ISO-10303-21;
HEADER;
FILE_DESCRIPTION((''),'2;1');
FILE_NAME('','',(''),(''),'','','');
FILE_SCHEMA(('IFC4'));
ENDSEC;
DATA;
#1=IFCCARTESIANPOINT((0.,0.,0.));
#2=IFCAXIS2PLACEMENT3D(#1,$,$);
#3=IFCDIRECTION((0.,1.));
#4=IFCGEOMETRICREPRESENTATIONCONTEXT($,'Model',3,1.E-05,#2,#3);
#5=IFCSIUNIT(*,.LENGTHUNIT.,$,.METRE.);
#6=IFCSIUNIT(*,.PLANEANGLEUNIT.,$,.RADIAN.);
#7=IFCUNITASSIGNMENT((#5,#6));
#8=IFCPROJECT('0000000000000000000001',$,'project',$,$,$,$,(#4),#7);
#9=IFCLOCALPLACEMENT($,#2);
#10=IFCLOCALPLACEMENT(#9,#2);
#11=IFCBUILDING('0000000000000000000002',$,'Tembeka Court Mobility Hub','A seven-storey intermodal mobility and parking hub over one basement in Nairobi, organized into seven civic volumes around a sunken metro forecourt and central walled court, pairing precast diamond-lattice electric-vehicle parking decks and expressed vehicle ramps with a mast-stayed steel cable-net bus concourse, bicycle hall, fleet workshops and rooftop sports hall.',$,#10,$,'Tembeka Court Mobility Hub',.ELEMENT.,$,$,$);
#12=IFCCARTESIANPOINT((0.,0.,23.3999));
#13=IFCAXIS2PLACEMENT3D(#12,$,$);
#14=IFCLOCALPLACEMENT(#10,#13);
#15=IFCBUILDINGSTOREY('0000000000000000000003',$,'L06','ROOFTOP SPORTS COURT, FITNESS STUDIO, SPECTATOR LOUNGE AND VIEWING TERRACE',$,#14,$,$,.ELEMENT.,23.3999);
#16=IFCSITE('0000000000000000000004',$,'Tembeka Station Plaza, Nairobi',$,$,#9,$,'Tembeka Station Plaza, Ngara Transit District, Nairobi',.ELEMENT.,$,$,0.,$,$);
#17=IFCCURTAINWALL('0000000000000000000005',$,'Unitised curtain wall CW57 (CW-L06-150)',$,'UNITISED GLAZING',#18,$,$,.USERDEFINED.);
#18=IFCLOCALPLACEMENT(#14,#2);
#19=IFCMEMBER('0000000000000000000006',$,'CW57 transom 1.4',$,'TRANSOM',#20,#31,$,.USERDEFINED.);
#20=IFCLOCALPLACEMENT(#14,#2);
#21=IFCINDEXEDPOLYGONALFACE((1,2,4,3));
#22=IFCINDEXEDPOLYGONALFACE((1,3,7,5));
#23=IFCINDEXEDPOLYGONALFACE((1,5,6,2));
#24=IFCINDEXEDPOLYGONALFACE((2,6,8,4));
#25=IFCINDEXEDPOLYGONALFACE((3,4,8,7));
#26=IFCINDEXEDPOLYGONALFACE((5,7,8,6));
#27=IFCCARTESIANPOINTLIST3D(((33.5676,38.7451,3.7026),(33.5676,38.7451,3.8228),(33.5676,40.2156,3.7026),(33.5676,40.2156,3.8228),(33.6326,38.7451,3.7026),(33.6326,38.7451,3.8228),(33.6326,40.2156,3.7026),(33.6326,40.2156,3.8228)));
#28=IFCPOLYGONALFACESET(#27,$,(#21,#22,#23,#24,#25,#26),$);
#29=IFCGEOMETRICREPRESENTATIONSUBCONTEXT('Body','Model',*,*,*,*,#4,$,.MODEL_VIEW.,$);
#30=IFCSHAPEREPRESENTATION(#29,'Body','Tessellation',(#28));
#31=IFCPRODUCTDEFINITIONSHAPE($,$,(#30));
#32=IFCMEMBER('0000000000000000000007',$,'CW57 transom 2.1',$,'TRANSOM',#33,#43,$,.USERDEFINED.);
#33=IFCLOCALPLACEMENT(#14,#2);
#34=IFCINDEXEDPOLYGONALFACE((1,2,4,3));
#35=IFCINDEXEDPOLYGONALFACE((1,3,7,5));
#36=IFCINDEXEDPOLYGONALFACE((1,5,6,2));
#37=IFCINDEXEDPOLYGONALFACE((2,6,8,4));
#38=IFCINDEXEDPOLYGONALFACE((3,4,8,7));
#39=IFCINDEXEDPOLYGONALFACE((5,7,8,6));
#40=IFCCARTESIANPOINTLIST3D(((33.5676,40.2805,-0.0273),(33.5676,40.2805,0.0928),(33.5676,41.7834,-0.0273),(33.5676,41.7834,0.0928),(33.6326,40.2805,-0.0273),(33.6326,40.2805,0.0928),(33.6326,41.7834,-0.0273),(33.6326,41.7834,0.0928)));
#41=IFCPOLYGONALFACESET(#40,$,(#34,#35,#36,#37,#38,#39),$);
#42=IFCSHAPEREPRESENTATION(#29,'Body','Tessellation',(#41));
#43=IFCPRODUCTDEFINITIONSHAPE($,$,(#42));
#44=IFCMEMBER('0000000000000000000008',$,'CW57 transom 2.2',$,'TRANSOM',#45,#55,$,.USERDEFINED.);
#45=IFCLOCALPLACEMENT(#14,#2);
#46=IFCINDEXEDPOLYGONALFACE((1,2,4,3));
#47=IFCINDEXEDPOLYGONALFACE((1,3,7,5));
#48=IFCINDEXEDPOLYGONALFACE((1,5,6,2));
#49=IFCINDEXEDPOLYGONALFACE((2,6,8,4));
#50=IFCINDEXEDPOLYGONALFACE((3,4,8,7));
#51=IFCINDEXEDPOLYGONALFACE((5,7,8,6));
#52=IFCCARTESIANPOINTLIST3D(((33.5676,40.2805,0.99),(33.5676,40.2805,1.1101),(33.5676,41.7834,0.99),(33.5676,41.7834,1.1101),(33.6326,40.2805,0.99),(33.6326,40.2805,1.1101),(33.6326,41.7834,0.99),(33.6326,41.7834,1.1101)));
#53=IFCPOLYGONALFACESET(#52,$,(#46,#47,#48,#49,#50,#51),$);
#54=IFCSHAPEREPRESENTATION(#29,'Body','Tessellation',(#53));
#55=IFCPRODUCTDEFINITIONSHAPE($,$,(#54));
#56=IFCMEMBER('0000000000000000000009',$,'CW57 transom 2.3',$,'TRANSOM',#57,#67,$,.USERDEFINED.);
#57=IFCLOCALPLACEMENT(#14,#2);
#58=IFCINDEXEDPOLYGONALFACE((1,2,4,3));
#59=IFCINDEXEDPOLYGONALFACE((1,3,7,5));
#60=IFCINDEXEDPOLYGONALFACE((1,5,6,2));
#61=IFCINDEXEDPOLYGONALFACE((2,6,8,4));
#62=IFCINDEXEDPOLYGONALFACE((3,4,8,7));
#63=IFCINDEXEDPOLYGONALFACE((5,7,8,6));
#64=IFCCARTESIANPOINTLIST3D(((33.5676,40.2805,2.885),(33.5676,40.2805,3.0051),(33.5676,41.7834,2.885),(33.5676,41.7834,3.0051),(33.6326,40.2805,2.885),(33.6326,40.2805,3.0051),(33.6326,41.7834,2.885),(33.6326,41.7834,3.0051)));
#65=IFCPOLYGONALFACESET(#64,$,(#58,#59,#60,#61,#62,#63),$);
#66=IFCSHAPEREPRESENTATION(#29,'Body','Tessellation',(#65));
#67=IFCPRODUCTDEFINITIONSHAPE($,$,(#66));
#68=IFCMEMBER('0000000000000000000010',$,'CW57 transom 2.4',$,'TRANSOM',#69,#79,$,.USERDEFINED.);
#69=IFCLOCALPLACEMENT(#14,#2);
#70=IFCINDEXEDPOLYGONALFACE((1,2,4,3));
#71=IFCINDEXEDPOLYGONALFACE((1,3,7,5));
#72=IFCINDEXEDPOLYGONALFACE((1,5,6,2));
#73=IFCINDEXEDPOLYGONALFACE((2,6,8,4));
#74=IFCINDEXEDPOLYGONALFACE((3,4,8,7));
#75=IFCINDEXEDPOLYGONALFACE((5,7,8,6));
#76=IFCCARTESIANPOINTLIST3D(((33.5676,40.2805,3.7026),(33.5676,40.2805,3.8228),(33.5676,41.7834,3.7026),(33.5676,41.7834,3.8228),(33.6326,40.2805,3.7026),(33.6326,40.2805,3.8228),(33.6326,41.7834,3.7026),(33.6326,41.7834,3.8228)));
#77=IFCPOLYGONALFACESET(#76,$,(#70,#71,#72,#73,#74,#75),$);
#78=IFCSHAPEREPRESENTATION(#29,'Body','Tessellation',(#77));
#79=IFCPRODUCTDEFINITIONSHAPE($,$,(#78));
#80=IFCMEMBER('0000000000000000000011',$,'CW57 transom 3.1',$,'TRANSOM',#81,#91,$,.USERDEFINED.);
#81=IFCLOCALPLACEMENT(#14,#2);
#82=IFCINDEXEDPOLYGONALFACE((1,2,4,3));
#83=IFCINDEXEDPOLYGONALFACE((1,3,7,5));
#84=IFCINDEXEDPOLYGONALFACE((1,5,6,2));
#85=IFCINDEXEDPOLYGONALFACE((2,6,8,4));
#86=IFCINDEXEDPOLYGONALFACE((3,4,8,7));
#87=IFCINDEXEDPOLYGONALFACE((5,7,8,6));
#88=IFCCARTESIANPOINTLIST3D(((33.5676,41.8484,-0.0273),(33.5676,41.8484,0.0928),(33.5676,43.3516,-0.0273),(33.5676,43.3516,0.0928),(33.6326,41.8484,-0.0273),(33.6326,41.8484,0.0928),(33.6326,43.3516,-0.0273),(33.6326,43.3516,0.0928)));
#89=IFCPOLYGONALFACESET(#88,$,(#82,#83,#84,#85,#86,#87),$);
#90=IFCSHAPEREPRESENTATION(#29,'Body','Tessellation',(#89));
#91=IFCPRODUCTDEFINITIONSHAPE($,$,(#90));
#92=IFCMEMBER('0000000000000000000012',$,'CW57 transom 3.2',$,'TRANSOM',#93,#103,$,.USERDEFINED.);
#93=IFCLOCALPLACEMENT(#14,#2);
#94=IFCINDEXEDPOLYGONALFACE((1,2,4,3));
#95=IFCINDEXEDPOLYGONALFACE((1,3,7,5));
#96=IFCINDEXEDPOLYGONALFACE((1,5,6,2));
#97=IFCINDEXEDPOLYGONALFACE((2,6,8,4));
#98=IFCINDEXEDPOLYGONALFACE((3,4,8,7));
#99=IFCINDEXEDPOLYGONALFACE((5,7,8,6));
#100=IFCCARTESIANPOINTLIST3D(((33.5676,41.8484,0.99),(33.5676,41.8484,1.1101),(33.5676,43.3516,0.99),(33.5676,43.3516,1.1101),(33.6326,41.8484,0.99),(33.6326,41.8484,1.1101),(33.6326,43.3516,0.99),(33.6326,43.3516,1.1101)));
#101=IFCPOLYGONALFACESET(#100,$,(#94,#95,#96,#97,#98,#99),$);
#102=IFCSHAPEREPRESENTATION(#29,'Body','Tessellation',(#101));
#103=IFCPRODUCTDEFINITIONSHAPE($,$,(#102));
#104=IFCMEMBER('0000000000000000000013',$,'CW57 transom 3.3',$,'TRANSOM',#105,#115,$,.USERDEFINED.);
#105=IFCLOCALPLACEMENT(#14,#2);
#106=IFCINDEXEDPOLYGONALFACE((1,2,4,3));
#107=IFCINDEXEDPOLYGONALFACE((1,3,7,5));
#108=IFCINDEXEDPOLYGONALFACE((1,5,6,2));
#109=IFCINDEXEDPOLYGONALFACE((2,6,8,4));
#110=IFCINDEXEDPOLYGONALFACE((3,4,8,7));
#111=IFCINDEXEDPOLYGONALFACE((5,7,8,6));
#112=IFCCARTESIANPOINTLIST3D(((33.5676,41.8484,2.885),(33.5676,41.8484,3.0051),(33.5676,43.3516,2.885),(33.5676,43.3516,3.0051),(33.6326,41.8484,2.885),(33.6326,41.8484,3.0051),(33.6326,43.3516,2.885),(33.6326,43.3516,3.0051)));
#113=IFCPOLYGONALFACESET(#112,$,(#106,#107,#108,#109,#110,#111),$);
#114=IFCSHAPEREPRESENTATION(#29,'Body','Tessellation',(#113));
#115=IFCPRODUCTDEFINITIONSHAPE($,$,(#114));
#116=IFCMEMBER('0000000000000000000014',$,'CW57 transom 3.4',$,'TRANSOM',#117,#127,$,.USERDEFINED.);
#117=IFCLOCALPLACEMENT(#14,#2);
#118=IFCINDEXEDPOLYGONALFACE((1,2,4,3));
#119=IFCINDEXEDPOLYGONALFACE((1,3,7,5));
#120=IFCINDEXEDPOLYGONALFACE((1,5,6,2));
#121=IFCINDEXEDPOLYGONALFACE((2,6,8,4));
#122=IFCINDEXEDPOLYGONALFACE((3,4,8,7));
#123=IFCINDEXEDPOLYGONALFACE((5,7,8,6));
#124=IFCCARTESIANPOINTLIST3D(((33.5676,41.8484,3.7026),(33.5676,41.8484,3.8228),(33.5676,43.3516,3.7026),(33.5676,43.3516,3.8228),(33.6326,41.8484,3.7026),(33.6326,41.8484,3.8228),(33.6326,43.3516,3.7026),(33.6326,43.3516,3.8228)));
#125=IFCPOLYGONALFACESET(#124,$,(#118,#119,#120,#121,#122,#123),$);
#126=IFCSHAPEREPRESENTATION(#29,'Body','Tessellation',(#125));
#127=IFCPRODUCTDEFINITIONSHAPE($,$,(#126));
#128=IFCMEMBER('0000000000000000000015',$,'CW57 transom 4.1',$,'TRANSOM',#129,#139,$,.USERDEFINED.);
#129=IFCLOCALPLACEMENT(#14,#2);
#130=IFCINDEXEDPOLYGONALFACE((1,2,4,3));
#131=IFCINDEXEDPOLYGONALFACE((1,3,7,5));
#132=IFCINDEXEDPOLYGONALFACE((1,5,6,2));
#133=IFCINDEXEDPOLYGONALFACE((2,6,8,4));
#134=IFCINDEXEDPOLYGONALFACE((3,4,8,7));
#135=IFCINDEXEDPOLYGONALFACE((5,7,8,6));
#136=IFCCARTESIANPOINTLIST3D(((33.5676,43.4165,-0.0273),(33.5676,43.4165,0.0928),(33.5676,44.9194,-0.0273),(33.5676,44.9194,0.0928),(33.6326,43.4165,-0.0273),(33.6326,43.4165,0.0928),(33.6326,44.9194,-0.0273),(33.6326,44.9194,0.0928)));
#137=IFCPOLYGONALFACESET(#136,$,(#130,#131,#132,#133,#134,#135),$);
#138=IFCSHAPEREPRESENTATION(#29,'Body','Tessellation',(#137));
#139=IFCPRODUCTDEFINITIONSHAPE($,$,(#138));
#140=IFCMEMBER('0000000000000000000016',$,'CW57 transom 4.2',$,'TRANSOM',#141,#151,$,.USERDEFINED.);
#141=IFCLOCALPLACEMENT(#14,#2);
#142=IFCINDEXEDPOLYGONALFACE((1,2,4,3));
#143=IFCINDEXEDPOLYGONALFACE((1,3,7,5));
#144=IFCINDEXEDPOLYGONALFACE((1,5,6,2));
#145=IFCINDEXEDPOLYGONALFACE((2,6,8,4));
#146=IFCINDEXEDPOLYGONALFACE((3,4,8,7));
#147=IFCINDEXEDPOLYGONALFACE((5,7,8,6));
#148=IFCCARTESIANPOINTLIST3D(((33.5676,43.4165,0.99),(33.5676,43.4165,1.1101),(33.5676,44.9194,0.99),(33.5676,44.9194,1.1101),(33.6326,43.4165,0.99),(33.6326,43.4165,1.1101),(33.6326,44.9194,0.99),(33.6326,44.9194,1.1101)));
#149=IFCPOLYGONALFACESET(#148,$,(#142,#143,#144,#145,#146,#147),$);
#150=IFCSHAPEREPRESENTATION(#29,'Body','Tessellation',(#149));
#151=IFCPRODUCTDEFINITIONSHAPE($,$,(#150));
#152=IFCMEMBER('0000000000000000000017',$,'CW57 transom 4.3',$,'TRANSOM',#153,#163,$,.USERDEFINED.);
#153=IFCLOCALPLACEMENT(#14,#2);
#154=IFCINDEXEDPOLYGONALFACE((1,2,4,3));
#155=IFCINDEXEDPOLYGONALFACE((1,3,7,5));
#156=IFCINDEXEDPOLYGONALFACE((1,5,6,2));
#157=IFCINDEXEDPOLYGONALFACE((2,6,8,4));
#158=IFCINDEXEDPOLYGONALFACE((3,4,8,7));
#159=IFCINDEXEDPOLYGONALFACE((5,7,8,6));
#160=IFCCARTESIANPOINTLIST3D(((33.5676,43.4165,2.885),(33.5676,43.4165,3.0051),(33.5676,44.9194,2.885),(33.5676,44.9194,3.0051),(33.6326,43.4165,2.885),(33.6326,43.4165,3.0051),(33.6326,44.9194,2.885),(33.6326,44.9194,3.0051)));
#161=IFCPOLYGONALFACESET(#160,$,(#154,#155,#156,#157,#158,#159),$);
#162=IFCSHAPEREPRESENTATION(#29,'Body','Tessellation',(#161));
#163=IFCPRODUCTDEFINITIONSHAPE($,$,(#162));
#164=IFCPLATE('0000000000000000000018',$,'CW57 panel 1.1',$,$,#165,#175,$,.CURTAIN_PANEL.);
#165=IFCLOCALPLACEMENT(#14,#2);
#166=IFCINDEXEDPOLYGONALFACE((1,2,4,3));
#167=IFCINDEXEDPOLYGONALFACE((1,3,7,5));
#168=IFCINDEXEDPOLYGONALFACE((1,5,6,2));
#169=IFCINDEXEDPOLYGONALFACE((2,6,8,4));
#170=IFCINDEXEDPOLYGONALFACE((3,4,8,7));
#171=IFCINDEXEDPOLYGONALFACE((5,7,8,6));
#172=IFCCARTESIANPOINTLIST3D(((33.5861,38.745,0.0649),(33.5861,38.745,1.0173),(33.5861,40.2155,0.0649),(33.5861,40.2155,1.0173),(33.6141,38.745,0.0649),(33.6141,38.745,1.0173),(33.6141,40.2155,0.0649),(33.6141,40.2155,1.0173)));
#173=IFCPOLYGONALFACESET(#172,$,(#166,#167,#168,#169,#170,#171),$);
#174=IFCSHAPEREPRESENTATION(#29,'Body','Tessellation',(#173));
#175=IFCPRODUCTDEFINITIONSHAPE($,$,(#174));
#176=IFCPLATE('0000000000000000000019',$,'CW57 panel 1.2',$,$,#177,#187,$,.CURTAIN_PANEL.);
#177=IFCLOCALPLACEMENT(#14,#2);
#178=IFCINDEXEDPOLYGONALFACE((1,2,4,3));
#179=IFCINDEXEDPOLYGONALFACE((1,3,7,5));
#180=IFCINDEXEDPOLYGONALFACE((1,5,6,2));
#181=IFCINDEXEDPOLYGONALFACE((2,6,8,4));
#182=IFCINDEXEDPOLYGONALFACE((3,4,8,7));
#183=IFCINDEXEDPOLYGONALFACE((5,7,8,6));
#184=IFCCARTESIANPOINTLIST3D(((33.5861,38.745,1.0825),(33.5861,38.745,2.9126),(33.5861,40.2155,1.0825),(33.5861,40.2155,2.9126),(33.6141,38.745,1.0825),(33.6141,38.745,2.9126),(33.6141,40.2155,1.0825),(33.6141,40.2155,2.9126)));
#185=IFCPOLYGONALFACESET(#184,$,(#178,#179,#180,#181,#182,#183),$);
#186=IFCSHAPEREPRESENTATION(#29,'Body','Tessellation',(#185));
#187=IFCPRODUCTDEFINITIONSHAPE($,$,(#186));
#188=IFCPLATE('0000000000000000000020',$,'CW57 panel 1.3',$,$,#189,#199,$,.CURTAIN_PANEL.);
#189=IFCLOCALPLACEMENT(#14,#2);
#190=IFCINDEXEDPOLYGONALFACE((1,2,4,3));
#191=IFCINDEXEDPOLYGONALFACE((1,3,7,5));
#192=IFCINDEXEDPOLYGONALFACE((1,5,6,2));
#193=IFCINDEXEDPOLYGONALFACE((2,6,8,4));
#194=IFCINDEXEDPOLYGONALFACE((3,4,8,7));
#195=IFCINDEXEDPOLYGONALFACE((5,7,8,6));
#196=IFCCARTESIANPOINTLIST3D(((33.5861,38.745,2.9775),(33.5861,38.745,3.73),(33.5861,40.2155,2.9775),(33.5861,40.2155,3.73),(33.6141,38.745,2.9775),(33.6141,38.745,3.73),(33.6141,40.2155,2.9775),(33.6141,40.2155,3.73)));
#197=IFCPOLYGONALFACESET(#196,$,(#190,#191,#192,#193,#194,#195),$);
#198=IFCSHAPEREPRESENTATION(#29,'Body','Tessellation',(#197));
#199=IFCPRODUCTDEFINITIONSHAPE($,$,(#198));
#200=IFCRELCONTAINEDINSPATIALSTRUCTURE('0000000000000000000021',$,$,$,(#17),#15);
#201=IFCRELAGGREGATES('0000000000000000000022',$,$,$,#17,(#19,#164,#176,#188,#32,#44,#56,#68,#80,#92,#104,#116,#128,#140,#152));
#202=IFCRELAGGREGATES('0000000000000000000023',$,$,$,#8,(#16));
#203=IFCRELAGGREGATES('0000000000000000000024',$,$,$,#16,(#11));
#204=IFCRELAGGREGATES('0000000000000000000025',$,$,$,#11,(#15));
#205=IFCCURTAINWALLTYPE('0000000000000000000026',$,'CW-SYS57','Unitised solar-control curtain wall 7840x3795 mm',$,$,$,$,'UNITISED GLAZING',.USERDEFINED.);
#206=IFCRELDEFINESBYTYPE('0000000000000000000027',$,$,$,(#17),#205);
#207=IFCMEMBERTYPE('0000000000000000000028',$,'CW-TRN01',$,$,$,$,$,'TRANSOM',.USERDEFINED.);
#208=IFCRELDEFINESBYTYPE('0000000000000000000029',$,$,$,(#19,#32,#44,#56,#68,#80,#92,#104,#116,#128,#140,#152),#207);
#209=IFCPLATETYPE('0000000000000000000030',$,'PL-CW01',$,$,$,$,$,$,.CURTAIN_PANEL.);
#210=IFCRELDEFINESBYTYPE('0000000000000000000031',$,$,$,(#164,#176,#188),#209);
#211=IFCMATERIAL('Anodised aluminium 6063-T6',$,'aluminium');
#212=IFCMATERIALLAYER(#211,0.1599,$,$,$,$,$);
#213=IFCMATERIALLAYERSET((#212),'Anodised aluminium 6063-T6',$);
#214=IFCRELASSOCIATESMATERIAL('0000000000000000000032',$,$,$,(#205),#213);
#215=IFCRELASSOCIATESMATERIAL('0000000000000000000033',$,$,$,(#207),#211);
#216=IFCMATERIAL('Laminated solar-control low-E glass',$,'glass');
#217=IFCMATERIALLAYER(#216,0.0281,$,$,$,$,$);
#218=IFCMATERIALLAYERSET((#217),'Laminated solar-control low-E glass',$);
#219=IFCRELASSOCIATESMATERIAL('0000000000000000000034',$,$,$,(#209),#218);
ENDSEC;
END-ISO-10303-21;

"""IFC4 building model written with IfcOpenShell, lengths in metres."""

from ifc_helpers import new_model, si_unit, direction, frame, origin, origin_2d, place, context, subcontext, project, spatial, rectangle, extrude, material, layer, layer_set, material_profile, profile_set, type_object, element, aggregate, save


model = new_model("IFC4")

# Units and contexts
model_context = context("Model", 3, precision=1e-05, world=origin(), true_north=direction((0.0, 1.0)))
body_context = subcontext(model_context, "Body", "Model", "MODEL_VIEW")
ifc_project = project(units=[si_unit("LENGTHUNIT", "METRE"), si_unit("PLANEANGLEUNIT", "RADIAN")], contexts=[model_context])

# Site, building, storey
site_placement = place(None, origin())
site = spatial("IfcSite", under=ifc_project, at=site_placement, Name="Tembeka Station Plaza, Nairobi", LongName="Tembeka Station Plaza, Ngara Transit District, Nairobi", CompositionType="ELEMENT", RefElevation=0.0)
building_placement = place(site_placement, origin())
building = spatial("IfcBuilding", under=site, at=building_placement, Name="Tembeka Court Mobility Hub", Description="A seven-storey intermodal mobility and parking hub over one basement in Nairobi, organized into seven civic volumes around a sunken metro forecourt and central walled court, pairing precast diamond-lattice electric-vehicle parking decks and expressed vehicle ramps with a mast-stayed steel cable-net bus concourse, bicycle hall, fleet workshops and rooftop sports hall.", LongName="Tembeka Court Mobility Hub", CompositionType="ELEMENT")
storey_placement = place(building_placement, frame((0.0, 0.0, 23.3999)))
storey = spatial("IfcBuildingStorey", under=building, at=storey_placement, Name="L06", Description="ROOFTOP SPORTS COURT, FITNESS STUDIO, SPECTATOR LOUNGE AND VIEWING TERRACE", CompositionType="ELEMENT", Elevation=23.3999)

# Curtain wall, members, plates
ifc_material_1 = material(Name="Anodised aluminium 6063-T6", Category="aluminium")
ifc_layer_1 = layer(ifc_material_1, 0.1599)
ifc_layer_set_1 = layer_set([ifc_layer_1], Name="Anodised aluminium 6063-T6")
curtain_wall_type = type_object("IfcCurtainWallType", Name="CW-SYS57", Description="Unitised solar-control curtain wall 7840x3795 mm", ElementType="UNITISED GLAZING", PredefinedType="USERDEFINED", material=ifc_layer_set_1)
curtain_wall_placement = place(storey_placement, origin())
curtain_wall = element("IfcCurtainWall", 1, at=curtain_wall_placement, inside=storey, type_object=curtain_wall_type, Name="Unitised curtain wall CW57 (CW-L06-150)", ObjectType="UNITISED GLAZING", PredefinedType="USERDEFINED")
ifc_material_profile_1 = material_profile(ifc_material_1, rectangle(XDim=0.0649, YDim=0.1201, at=origin_2d()), Name="ALU-TRN 65x120")
ifc_profile_set_1 = profile_set([ifc_material_profile_1], Name="Anodised aluminium 6063-T6")
member_type_1 = type_object("IfcMemberType", Name="CW-TRN01", ElementType="TRANSOM", PredefinedType="USERDEFINED", material=ifc_profile_set_1)
member_1_placement = place(storey_placement, frame((33.6001, 38.7451, 3.7627), z_axis=(0.0, 1.0, 0.0), x_axis=(-1.0, 0.0, 0.0)))
member_1 = element("IfcMember", 2, at=member_1_placement, type_object=member_type_1, Name="CW57 transom 1.4", ObjectType="TRANSOM", PredefinedType="USERDEFINED", context=body_context, shape_type="SweptSolid", body=[
    extrude(rectangle(XDim=0.0649, YDim=0.1201, at=origin_2d()), origin(), (0.0, 0.0, 1.0), 1.4705),
])
member_2_placement = place(storey_placement, frame((33.6001, 40.2805, 0.0327), z_axis=(0.0, 1.0, 0.0), x_axis=(-1.0, 0.0, 0.0)))
member_2 = element("IfcMember", 3, at=member_2_placement, type_object=member_type_1, Name="CW57 transom 2.1", ObjectType="TRANSOM", PredefinedType="USERDEFINED", context=body_context, shape_type="SweptSolid", body=[
    extrude(rectangle(XDim=0.0649, YDim=0.1201, at=origin_2d()), origin(), (0.0, 0.0, 1.0), 1.5029),
])
member_3_placement = place(storey_placement, frame((33.6001, 40.2805, 1.05), z_axis=(0.0, 1.0, 0.0), x_axis=(-1.0, 0.0, 0.0)))
member_3 = element("IfcMember", 4, at=member_3_placement, type_object=member_type_1, Name="CW57 transom 2.2", ObjectType="TRANSOM", PredefinedType="USERDEFINED", context=body_context, shape_type="SweptSolid", body=[
    extrude(rectangle(XDim=0.0649, YDim=0.1201, at=origin_2d()), origin(), (0.0, 0.0, 1.0), 1.5029),
])
member_4_placement = place(storey_placement, frame((33.6001, 40.2805, 2.9451), z_axis=(0.0, 1.0, 0.0), x_axis=(-1.0, 0.0, 0.0)))
member_4 = element("IfcMember", 5, at=member_4_placement, type_object=member_type_1, Name="CW57 transom 2.3", ObjectType="TRANSOM", PredefinedType="USERDEFINED", context=body_context, shape_type="SweptSolid", body=[
    extrude(rectangle(XDim=0.0649, YDim=0.1201, at=origin_2d()), origin(), (0.0, 0.0, 1.0), 1.5029),
])
member_5_placement = place(storey_placement, frame((33.6001, 40.2805, 3.7627), z_axis=(0.0, 1.0, 0.0), x_axis=(-1.0, 0.0, 0.0)))
member_5 = element("IfcMember", 6, at=member_5_placement, type_object=member_type_1, Name="CW57 transom 2.4", ObjectType="TRANSOM", PredefinedType="USERDEFINED", context=body_context, shape_type="SweptSolid", body=[
    extrude(rectangle(XDim=0.0649, YDim=0.1201, at=origin_2d()), origin(), (0.0, 0.0, 1.0), 1.5029),
])
member_6_placement = place(storey_placement, frame((33.6001, 41.8484, 0.0327), z_axis=(0.0, 1.0, 0.0), x_axis=(-1.0, 0.0, 0.0)))
member_6 = element("IfcMember", 7, at=member_6_placement, type_object=member_type_1, Name="CW57 transom 3.1", ObjectType="TRANSOM", PredefinedType="USERDEFINED", context=body_context, shape_type="SweptSolid", body=[
    extrude(rectangle(XDim=0.0649, YDim=0.1201, at=origin_2d()), origin(), (0.0, 0.0, 1.0), 1.5032),
])
member_7_placement = place(storey_placement, frame((33.6001, 41.8484, 1.05), z_axis=(0.0, 1.0, 0.0), x_axis=(-1.0, 0.0, 0.0)))
member_7 = element("IfcMember", 8, at=member_7_placement, type_object=member_type_1, Name="CW57 transom 3.2", ObjectType="TRANSOM", PredefinedType="USERDEFINED", context=body_context, shape_type="SweptSolid", body=[
    extrude(rectangle(XDim=0.0649, YDim=0.1201, at=origin_2d()), origin(), (0.0, 0.0, 1.0), 1.5032),
])
member_8_placement = place(storey_placement, frame((33.6001, 41.8484, 2.9451), z_axis=(0.0, 1.0, 0.0), x_axis=(-1.0, 0.0, 0.0)))
member_8 = element("IfcMember", 9, at=member_8_placement, type_object=member_type_1, Name="CW57 transom 3.3", ObjectType="TRANSOM", PredefinedType="USERDEFINED", context=body_context, shape_type="SweptSolid", body=[
    extrude(rectangle(XDim=0.0649, YDim=0.1201, at=origin_2d()), origin(), (0.0, 0.0, 1.0), 1.5032),
])
member_9_placement = place(storey_placement, frame((33.6001, 41.8484, 3.7627), z_axis=(0.0, 1.0, 0.0), x_axis=(-1.0, 0.0, 0.0)))
member_9 = element("IfcMember", 10, at=member_9_placement, type_object=member_type_1, Name="CW57 transom 3.4", ObjectType="TRANSOM", PredefinedType="USERDEFINED", context=body_context, shape_type="SweptSolid", body=[
    extrude(rectangle(XDim=0.0649, YDim=0.1201, at=origin_2d()), origin(), (0.0, 0.0, 1.0), 1.5032),
])
member_10_placement = place(storey_placement, frame((33.6001, 43.4165, 0.0327), z_axis=(0.0, 1.0, 0.0), x_axis=(-1.0, 0.0, 0.0)))
member_10 = element("IfcMember", 11, at=member_10_placement, type_object=member_type_1, Name="CW57 transom 4.1", ObjectType="TRANSOM", PredefinedType="USERDEFINED", context=body_context, shape_type="SweptSolid", body=[
    extrude(rectangle(XDim=0.0649, YDim=0.1201, at=origin_2d()), origin(), (0.0, 0.0, 1.0), 1.5029),
])
member_11_placement = place(storey_placement, frame((33.6001, 43.4165, 1.05), z_axis=(0.0, 1.0, 0.0), x_axis=(-1.0, 0.0, 0.0)))
member_11 = element("IfcMember", 12, at=member_11_placement, type_object=member_type_1, Name="CW57 transom 4.2", ObjectType="TRANSOM", PredefinedType="USERDEFINED", context=body_context, shape_type="SweptSolid", body=[
    extrude(rectangle(XDim=0.0649, YDim=0.1201, at=origin_2d()), origin(), (0.0, 0.0, 1.0), 1.5029),
])
member_12_placement = place(storey_placement, frame((33.6001, 43.4165, 2.9451), z_axis=(0.0, 1.0, 0.0), x_axis=(-1.0, 0.0, 0.0)))
member_12 = element("IfcMember", 13, at=member_12_placement, type_object=member_type_1, Name="CW57 transom 4.3", ObjectType="TRANSOM", PredefinedType="USERDEFINED", context=body_context, shape_type="SweptSolid", body=[
    extrude(rectangle(XDim=0.0649, YDim=0.1201, at=origin_2d()), origin(), (0.0, 0.0, 1.0), 1.5029),
])
ifc_material_2 = material(Name="Laminated solar-control low-E glass", Category="glass")
ifc_layer_2 = layer(ifc_material_2, 0.0281)
ifc_layer_set_2 = layer_set([ifc_layer_2], Name="Laminated solar-control low-E glass")
plate_type = type_object("IfcPlateType", Name="PL-CW01", PredefinedType="CURTAIN_PANEL", material=ifc_layer_set_2)
plate_1_placement = place(storey_placement, frame((33.6001, 39.4802, 0.0649), z_axis=(0.0, 0.0, 1.0), x_axis=(0.0, 1.0, 0.0)))
plate_1 = element("IfcPlate", 14, at=plate_1_placement, type_object=plate_type, Name="CW57 panel 1.1", PredefinedType="CURTAIN_PANEL", context=body_context, shape_type="SweptSolid", body=[
    extrude(rectangle(XDim=1.4705, YDim=0.0281, at=origin_2d()), origin(), (0.0, 0.0, 1.0), 0.9524),
])
plate_2_placement = place(storey_placement, frame((33.6001, 39.4802, 1.0825), z_axis=(0.0, 0.0, 1.0), x_axis=(0.0, 1.0, 0.0)))
plate_2 = element("IfcPlate", 15, at=plate_2_placement, type_object=plate_type, Name="CW57 panel 1.2", PredefinedType="CURTAIN_PANEL", context=body_context, shape_type="SweptSolid", body=[
    extrude(rectangle(XDim=1.4705, YDim=0.0281, at=origin_2d()), origin(), (0.0, 0.0, 1.0), 1.8301),
])
plate_3_placement = place(storey_placement, frame((33.6001, 39.4802, 2.9775), z_axis=(0.0, 0.0, 1.0), x_axis=(0.0, 1.0, 0.0)))
plate_3 = element("IfcPlate", 16, at=plate_3_placement, type_object=plate_type, Name="CW57 panel 1.3", PredefinedType="CURTAIN_PANEL", context=body_context, shape_type="SweptSolid", body=[
    extrude(rectangle(XDim=1.4705, YDim=0.0281, at=origin_2d()), origin(), (0.0, 0.0, 1.0), 0.7524),
])
aggregate(curtain_wall, [member_1, plate_1, plate_2, plate_3, member_2, member_3, member_4, member_5, member_6, member_7, member_8, member_9, member_10, member_11, member_12])

save(model, "model.ifc")
